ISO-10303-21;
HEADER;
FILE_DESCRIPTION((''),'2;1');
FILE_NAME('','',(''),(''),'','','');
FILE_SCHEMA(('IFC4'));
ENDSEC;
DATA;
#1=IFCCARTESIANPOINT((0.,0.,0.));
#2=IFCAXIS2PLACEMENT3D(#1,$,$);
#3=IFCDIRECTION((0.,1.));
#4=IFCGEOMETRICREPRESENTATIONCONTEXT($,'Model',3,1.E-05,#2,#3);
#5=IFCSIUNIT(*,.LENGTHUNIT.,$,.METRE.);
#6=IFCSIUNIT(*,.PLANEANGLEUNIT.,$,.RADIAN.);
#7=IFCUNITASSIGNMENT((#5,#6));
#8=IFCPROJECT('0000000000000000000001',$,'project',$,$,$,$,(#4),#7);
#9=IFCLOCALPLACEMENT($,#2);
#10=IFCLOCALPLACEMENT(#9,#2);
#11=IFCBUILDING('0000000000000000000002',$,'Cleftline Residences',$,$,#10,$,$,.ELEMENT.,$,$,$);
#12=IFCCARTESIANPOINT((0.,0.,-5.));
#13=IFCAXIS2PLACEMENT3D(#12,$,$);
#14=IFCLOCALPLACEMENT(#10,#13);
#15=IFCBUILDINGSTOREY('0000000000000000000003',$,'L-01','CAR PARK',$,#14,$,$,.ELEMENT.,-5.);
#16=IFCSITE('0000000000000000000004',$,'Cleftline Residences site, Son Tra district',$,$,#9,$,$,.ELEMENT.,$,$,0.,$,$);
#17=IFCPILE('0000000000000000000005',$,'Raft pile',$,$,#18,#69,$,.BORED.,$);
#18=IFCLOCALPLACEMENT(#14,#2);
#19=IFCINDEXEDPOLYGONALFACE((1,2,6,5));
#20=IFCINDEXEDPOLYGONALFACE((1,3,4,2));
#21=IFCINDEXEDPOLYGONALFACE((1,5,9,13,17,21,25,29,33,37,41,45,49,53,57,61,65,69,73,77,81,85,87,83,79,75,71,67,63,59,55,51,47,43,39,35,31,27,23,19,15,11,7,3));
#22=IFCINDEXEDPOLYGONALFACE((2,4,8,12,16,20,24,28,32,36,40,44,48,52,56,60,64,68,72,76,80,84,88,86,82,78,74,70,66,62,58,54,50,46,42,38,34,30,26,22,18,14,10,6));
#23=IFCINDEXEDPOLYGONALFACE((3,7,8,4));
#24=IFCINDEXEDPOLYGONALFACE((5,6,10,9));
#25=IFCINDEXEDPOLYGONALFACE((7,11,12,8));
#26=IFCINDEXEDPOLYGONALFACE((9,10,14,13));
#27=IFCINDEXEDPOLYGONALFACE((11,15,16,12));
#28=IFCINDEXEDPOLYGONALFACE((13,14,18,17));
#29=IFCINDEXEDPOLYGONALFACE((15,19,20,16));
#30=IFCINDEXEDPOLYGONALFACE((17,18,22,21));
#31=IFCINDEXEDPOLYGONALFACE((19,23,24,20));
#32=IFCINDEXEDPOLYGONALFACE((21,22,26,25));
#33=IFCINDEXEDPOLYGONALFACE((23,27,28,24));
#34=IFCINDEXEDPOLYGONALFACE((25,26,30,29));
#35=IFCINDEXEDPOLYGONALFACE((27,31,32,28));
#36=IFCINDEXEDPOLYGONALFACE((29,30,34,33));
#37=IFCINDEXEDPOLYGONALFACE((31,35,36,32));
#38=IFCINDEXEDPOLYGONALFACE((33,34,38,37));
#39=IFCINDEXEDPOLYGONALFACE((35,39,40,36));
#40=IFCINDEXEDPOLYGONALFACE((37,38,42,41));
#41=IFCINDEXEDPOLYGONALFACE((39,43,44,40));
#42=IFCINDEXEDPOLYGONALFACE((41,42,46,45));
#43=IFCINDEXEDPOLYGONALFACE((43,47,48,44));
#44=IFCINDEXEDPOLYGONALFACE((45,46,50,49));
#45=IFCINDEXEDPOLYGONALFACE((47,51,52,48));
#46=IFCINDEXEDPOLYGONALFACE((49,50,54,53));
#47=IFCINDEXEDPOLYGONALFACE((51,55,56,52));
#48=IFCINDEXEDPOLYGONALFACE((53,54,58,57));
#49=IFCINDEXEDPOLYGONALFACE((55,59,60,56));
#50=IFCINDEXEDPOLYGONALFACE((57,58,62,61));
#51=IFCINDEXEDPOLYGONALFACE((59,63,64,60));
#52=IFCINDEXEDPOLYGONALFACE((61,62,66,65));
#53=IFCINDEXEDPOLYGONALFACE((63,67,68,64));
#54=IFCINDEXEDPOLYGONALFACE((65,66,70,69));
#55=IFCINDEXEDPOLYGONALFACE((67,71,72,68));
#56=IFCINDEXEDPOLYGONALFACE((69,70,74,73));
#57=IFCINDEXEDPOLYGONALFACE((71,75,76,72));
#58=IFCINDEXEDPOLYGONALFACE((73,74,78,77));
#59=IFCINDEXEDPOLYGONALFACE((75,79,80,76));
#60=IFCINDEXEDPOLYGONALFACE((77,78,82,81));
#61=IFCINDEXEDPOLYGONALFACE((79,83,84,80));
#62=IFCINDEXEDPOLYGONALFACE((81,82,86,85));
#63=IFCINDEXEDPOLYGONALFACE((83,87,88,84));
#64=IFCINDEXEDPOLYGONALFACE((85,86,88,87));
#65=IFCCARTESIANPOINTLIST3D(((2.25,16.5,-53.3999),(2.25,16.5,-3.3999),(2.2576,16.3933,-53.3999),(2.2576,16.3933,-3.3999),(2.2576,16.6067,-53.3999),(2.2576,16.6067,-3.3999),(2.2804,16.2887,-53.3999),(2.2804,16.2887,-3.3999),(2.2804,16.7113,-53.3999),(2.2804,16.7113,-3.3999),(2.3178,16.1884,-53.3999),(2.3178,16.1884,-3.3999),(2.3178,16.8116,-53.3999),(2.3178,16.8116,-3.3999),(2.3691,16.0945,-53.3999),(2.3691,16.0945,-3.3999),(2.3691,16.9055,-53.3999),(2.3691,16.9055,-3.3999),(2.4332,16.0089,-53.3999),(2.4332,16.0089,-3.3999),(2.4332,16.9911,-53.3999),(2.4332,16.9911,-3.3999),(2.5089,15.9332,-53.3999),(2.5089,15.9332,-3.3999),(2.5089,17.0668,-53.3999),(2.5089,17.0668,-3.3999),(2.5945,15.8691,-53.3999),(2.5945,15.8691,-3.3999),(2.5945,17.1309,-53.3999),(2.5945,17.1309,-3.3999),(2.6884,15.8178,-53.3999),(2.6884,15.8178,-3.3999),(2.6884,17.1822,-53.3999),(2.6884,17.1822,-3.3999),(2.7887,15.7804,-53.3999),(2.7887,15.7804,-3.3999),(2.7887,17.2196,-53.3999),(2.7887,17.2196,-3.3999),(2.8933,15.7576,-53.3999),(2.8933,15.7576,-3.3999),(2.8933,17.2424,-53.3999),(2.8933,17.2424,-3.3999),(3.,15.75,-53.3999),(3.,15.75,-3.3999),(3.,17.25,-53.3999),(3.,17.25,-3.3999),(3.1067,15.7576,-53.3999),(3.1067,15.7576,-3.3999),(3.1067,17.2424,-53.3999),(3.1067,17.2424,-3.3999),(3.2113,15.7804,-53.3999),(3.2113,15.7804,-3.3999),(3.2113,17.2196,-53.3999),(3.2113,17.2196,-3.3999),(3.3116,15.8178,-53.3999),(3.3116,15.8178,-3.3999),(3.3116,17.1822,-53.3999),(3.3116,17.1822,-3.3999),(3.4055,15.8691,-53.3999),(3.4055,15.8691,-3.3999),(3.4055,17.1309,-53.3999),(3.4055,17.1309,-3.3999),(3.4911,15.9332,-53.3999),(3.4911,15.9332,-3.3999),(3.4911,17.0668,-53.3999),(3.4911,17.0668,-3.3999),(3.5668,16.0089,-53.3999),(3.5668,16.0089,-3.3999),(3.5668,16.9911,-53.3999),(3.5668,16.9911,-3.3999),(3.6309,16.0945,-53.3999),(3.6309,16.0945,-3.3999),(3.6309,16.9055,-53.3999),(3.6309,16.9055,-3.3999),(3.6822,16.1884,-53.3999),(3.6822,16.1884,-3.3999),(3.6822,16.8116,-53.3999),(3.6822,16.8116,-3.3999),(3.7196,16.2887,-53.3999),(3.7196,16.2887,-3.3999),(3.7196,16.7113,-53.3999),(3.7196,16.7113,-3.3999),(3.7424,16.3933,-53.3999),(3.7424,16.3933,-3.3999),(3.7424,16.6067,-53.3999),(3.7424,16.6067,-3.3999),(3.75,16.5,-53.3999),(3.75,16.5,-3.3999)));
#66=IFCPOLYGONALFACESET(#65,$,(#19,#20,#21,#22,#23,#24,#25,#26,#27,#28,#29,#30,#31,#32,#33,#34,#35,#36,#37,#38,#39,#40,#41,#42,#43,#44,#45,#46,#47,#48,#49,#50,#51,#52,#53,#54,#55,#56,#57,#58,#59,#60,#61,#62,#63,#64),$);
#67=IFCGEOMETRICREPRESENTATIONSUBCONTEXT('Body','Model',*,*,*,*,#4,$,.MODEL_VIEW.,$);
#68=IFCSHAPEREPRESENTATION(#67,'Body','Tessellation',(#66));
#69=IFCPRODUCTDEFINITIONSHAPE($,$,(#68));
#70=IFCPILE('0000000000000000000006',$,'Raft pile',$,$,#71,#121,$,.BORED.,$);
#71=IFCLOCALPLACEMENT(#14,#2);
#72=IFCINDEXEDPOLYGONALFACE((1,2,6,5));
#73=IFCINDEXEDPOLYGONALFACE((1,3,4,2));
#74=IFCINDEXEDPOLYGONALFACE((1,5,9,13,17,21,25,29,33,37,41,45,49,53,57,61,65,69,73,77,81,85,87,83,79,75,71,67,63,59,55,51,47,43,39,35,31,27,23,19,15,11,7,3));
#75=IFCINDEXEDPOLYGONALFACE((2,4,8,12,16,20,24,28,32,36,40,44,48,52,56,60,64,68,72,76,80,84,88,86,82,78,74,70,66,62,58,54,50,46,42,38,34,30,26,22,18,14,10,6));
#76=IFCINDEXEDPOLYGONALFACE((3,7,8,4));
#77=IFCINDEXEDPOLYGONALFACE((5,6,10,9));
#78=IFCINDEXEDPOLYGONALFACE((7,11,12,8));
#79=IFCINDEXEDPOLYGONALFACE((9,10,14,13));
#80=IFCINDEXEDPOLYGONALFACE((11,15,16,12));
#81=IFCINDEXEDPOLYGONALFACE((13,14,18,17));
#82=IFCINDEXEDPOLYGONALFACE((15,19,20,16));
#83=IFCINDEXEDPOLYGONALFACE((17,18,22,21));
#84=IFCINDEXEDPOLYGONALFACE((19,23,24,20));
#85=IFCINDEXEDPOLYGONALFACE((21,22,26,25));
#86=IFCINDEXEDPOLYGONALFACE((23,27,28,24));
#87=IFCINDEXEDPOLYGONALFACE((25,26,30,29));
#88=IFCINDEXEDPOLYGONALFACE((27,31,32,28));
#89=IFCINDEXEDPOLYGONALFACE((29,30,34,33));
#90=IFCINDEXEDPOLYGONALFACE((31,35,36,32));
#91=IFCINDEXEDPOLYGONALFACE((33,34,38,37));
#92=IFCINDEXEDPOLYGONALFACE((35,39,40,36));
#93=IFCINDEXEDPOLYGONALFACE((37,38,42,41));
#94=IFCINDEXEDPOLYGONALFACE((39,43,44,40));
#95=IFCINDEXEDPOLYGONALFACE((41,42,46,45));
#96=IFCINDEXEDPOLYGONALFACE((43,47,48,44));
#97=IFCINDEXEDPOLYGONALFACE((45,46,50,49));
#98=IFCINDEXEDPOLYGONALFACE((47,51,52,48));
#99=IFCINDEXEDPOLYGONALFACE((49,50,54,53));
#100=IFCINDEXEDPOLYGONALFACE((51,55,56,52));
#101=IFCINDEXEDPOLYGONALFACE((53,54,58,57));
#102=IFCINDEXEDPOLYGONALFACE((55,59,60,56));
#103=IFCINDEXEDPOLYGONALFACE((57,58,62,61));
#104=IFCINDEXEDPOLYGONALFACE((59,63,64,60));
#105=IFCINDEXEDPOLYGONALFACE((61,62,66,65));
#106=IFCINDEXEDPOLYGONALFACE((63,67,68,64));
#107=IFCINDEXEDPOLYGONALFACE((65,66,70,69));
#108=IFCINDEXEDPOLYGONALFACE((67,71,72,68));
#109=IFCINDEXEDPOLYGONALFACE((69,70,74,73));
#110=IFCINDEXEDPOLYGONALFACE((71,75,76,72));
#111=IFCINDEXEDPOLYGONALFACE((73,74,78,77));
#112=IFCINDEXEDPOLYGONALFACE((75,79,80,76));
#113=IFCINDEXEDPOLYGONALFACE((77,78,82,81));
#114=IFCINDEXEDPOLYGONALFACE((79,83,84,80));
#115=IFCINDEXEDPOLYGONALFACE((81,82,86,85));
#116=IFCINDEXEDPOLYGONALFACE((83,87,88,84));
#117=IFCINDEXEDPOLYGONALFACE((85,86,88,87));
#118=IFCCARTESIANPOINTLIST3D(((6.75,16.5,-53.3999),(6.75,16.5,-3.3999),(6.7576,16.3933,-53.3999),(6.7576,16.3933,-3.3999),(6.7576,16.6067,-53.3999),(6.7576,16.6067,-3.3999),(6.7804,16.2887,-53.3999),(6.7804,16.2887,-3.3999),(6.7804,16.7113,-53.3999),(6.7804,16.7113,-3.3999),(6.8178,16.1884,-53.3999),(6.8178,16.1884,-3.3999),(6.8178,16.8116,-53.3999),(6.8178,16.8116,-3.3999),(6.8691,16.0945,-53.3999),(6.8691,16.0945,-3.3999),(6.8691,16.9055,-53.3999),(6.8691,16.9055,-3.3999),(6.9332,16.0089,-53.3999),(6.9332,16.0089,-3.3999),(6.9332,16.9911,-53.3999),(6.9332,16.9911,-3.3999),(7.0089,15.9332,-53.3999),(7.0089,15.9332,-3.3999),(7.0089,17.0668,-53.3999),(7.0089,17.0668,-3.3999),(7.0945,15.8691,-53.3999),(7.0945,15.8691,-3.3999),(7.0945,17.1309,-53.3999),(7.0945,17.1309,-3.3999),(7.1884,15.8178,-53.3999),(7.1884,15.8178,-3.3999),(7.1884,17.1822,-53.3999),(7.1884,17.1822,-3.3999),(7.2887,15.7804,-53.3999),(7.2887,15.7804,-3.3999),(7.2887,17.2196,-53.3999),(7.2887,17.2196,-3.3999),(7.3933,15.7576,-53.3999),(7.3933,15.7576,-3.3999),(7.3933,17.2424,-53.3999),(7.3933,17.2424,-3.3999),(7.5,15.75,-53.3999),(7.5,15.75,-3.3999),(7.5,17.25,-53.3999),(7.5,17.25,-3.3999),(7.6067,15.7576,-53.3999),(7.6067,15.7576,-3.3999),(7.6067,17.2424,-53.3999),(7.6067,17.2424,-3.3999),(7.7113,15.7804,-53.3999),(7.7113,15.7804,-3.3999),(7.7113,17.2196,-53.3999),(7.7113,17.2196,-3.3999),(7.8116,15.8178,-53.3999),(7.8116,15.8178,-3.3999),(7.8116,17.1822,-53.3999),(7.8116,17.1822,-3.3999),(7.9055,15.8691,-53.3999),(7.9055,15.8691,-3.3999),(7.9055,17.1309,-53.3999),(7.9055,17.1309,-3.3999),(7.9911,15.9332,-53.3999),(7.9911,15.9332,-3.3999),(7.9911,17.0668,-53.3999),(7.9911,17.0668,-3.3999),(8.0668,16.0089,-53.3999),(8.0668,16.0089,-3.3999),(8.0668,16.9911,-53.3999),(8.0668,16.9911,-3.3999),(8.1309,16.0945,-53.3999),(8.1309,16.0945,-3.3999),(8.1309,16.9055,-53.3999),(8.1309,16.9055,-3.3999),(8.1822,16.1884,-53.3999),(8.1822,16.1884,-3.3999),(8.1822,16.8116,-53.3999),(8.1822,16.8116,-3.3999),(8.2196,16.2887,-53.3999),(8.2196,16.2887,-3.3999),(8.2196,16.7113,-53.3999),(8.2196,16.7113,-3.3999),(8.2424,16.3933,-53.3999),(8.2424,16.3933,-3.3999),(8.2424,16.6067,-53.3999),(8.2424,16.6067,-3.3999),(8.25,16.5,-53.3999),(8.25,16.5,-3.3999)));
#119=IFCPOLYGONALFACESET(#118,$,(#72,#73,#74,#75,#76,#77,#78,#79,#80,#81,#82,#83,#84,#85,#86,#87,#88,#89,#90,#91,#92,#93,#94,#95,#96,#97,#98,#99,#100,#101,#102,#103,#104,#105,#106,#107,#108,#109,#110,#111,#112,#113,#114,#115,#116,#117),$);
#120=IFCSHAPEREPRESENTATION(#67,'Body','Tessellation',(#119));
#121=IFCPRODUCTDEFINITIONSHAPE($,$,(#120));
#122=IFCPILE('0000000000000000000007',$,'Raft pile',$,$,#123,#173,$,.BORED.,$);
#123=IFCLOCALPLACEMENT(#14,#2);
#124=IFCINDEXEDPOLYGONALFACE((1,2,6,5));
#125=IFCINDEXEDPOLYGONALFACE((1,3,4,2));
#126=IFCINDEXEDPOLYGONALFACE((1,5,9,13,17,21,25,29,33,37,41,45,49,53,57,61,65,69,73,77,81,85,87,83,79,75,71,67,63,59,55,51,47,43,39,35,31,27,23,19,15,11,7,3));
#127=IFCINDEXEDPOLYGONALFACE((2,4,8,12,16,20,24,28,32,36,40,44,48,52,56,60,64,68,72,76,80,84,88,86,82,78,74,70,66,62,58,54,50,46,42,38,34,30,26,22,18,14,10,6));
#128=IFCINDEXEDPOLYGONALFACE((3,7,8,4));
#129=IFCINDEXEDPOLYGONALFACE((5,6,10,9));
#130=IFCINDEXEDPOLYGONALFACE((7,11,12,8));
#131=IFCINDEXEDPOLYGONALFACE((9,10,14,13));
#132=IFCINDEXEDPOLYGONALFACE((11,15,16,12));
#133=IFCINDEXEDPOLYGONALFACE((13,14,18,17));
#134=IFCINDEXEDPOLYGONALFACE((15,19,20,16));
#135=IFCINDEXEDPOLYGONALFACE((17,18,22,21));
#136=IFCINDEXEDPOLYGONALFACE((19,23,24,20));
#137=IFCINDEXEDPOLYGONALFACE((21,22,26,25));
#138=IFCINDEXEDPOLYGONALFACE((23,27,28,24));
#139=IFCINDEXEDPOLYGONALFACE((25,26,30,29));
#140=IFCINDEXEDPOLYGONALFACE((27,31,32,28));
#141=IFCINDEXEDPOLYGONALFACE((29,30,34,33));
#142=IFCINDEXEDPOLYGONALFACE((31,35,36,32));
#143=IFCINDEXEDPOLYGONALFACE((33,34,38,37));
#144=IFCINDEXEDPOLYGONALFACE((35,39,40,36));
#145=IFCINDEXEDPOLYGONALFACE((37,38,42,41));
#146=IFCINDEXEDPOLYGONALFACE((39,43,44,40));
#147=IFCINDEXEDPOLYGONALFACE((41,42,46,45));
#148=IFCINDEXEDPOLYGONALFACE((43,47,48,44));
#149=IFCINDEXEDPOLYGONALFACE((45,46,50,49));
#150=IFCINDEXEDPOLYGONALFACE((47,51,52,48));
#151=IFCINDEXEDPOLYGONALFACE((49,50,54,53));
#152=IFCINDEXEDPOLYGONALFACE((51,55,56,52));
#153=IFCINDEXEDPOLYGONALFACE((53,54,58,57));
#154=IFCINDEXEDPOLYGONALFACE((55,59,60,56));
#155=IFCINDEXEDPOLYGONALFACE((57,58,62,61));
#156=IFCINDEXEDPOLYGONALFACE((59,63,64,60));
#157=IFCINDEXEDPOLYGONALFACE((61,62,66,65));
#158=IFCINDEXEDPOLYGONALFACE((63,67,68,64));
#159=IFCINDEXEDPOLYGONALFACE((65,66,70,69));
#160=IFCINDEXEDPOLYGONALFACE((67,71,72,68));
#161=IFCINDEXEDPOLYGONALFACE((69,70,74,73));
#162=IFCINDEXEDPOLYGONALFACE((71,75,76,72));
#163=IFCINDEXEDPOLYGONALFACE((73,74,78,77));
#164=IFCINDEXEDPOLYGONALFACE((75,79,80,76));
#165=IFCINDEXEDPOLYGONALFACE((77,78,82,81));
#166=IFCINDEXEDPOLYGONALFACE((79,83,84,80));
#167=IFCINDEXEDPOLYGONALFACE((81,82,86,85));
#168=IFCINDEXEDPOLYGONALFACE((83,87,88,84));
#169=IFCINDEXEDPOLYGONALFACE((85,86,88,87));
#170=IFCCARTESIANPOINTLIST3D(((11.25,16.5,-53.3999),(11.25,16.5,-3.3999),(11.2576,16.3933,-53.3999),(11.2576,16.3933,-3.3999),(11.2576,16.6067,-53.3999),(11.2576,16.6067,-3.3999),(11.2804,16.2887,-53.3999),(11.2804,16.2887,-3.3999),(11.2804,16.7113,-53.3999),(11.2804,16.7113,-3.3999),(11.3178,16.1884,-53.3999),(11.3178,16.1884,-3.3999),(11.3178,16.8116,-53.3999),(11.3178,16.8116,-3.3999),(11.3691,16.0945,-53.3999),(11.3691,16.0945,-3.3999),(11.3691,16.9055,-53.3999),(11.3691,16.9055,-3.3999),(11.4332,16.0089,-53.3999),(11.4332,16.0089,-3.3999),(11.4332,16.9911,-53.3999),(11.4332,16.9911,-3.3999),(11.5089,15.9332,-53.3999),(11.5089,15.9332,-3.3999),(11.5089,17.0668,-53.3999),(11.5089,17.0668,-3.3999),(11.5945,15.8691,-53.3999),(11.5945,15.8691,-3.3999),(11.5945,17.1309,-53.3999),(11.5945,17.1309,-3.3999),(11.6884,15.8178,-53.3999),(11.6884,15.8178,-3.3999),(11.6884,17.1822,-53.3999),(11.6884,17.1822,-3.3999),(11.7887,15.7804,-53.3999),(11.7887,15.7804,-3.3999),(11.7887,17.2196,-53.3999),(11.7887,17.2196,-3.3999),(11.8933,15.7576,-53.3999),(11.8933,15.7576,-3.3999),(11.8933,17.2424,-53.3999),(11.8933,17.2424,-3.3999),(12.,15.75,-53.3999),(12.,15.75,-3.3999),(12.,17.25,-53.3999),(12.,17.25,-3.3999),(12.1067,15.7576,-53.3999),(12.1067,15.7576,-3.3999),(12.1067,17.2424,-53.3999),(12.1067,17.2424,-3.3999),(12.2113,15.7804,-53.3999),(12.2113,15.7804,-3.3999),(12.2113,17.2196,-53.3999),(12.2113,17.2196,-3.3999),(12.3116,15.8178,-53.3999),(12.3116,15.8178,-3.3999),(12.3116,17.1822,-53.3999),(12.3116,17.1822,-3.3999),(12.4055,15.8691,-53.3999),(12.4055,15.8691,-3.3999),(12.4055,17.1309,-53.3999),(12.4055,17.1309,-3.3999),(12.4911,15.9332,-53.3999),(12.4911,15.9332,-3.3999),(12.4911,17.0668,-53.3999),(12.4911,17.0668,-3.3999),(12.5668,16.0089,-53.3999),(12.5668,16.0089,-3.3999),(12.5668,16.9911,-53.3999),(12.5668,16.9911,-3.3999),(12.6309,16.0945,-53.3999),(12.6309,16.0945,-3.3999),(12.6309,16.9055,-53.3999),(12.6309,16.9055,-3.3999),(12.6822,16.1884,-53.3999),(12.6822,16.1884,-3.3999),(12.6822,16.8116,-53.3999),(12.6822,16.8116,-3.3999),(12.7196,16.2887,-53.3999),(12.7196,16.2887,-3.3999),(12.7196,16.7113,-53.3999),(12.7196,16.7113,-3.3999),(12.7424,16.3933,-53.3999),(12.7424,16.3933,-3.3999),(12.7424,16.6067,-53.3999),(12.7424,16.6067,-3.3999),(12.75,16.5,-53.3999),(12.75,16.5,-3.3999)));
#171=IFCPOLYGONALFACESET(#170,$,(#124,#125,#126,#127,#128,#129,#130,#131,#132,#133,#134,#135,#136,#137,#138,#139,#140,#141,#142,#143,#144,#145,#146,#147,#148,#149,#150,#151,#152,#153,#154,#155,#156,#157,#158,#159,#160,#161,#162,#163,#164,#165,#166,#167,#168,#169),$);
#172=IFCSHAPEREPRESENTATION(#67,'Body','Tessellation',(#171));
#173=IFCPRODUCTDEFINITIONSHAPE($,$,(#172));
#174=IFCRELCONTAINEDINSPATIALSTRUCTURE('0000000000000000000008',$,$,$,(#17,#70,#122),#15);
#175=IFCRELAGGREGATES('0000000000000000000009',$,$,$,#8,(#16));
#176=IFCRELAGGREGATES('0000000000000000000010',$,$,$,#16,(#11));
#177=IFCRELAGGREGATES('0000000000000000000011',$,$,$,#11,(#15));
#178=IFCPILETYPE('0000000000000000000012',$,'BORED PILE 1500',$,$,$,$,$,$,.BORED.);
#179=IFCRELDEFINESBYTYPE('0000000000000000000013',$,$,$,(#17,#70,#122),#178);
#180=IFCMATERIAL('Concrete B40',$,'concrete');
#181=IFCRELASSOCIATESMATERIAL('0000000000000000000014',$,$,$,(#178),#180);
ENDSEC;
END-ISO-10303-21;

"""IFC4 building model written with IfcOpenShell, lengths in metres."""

from ifc_helpers import new_model, si_unit, direction, frame, origin, origin_2d, place, context, subcontext, project, spatial, circle, extrude, material, material_profile, profile_set, type_object, element, save


model = new_model("IFC4")

# Units and contexts
model_context = context("Model", 3, precision=1e-05, world=origin(), true_north=direction((0.0, 1.0)))
body_context = subcontext(model_context, "Body", "Model", "MODEL_VIEW")
ifc_project = project(units=[si_unit("LENGTHUNIT", "METRE"), si_unit("PLANEANGLEUNIT", "RADIAN")], contexts=[model_context])

# Site, building, storey
site_placement = place(None, origin())
site = spatial("IfcSite", under=ifc_project, at=site_placement, Name="Cleftline Residences site, Son Tra district", CompositionType="ELEMENT", RefElevation=0.0)
building_placement = place(site_placement, origin())
building = spatial("IfcBuilding", under=site, at=building_placement, Name="Cleftline Residences", CompositionType="ELEMENT")
storey_placement = place(building_placement, frame((0.0, 0.0, -5.0)))
storey = spatial("IfcBuildingStorey", under=building, at=storey_placement, Name="L-01", Description="CAR PARK", CompositionType="ELEMENT", Elevation=-5.0)

# Piles
ifc_material_1 = material(Name="Concrete B40", Category="concrete")
ifc_material_profile_1 = material_profile(ifc_material_1, circle(Radius=0.75, at=origin_2d()))
ifc_profile_set_1 = profile_set([ifc_material_profile_1], Name="Concrete B40")
pile_type = type_object("IfcPileType", Name="BORED PILE 1500", PredefinedType="BORED", material=ifc_profile_set_1)
for number, where, z_axis, x_axis, name in (
    (1, (3.0, 16.5, -3.3999), (0.0, 0.0, -1.0), (1.0, 0.0, 0.0), "Raft pile"),
    (2, (7.5, 16.5, -3.3999), (0.0, 0.0, -1.0), (1.0, 0.0, 0.0), "Raft pile"),
    (3, (12.0, 16.5, -3.3999), (0.0, 0.0, -1.0), (1.0, 0.0, 0.0), "Raft pile"),
):
    element("IfcPile", number, at=place(storey_placement, frame(where, z_axis=z_axis, x_axis=x_axis)), inside=storey, type_object=pile_type, Name=name, PredefinedType="BORED", context=body_context, shape_type="SweptSolid", body=[
        extrude(circle(Radius=0.75, at=origin_2d()), origin(), (0.0, 0.0, 1.0), 50.0),
    ])

save(model, "model.ifc")
